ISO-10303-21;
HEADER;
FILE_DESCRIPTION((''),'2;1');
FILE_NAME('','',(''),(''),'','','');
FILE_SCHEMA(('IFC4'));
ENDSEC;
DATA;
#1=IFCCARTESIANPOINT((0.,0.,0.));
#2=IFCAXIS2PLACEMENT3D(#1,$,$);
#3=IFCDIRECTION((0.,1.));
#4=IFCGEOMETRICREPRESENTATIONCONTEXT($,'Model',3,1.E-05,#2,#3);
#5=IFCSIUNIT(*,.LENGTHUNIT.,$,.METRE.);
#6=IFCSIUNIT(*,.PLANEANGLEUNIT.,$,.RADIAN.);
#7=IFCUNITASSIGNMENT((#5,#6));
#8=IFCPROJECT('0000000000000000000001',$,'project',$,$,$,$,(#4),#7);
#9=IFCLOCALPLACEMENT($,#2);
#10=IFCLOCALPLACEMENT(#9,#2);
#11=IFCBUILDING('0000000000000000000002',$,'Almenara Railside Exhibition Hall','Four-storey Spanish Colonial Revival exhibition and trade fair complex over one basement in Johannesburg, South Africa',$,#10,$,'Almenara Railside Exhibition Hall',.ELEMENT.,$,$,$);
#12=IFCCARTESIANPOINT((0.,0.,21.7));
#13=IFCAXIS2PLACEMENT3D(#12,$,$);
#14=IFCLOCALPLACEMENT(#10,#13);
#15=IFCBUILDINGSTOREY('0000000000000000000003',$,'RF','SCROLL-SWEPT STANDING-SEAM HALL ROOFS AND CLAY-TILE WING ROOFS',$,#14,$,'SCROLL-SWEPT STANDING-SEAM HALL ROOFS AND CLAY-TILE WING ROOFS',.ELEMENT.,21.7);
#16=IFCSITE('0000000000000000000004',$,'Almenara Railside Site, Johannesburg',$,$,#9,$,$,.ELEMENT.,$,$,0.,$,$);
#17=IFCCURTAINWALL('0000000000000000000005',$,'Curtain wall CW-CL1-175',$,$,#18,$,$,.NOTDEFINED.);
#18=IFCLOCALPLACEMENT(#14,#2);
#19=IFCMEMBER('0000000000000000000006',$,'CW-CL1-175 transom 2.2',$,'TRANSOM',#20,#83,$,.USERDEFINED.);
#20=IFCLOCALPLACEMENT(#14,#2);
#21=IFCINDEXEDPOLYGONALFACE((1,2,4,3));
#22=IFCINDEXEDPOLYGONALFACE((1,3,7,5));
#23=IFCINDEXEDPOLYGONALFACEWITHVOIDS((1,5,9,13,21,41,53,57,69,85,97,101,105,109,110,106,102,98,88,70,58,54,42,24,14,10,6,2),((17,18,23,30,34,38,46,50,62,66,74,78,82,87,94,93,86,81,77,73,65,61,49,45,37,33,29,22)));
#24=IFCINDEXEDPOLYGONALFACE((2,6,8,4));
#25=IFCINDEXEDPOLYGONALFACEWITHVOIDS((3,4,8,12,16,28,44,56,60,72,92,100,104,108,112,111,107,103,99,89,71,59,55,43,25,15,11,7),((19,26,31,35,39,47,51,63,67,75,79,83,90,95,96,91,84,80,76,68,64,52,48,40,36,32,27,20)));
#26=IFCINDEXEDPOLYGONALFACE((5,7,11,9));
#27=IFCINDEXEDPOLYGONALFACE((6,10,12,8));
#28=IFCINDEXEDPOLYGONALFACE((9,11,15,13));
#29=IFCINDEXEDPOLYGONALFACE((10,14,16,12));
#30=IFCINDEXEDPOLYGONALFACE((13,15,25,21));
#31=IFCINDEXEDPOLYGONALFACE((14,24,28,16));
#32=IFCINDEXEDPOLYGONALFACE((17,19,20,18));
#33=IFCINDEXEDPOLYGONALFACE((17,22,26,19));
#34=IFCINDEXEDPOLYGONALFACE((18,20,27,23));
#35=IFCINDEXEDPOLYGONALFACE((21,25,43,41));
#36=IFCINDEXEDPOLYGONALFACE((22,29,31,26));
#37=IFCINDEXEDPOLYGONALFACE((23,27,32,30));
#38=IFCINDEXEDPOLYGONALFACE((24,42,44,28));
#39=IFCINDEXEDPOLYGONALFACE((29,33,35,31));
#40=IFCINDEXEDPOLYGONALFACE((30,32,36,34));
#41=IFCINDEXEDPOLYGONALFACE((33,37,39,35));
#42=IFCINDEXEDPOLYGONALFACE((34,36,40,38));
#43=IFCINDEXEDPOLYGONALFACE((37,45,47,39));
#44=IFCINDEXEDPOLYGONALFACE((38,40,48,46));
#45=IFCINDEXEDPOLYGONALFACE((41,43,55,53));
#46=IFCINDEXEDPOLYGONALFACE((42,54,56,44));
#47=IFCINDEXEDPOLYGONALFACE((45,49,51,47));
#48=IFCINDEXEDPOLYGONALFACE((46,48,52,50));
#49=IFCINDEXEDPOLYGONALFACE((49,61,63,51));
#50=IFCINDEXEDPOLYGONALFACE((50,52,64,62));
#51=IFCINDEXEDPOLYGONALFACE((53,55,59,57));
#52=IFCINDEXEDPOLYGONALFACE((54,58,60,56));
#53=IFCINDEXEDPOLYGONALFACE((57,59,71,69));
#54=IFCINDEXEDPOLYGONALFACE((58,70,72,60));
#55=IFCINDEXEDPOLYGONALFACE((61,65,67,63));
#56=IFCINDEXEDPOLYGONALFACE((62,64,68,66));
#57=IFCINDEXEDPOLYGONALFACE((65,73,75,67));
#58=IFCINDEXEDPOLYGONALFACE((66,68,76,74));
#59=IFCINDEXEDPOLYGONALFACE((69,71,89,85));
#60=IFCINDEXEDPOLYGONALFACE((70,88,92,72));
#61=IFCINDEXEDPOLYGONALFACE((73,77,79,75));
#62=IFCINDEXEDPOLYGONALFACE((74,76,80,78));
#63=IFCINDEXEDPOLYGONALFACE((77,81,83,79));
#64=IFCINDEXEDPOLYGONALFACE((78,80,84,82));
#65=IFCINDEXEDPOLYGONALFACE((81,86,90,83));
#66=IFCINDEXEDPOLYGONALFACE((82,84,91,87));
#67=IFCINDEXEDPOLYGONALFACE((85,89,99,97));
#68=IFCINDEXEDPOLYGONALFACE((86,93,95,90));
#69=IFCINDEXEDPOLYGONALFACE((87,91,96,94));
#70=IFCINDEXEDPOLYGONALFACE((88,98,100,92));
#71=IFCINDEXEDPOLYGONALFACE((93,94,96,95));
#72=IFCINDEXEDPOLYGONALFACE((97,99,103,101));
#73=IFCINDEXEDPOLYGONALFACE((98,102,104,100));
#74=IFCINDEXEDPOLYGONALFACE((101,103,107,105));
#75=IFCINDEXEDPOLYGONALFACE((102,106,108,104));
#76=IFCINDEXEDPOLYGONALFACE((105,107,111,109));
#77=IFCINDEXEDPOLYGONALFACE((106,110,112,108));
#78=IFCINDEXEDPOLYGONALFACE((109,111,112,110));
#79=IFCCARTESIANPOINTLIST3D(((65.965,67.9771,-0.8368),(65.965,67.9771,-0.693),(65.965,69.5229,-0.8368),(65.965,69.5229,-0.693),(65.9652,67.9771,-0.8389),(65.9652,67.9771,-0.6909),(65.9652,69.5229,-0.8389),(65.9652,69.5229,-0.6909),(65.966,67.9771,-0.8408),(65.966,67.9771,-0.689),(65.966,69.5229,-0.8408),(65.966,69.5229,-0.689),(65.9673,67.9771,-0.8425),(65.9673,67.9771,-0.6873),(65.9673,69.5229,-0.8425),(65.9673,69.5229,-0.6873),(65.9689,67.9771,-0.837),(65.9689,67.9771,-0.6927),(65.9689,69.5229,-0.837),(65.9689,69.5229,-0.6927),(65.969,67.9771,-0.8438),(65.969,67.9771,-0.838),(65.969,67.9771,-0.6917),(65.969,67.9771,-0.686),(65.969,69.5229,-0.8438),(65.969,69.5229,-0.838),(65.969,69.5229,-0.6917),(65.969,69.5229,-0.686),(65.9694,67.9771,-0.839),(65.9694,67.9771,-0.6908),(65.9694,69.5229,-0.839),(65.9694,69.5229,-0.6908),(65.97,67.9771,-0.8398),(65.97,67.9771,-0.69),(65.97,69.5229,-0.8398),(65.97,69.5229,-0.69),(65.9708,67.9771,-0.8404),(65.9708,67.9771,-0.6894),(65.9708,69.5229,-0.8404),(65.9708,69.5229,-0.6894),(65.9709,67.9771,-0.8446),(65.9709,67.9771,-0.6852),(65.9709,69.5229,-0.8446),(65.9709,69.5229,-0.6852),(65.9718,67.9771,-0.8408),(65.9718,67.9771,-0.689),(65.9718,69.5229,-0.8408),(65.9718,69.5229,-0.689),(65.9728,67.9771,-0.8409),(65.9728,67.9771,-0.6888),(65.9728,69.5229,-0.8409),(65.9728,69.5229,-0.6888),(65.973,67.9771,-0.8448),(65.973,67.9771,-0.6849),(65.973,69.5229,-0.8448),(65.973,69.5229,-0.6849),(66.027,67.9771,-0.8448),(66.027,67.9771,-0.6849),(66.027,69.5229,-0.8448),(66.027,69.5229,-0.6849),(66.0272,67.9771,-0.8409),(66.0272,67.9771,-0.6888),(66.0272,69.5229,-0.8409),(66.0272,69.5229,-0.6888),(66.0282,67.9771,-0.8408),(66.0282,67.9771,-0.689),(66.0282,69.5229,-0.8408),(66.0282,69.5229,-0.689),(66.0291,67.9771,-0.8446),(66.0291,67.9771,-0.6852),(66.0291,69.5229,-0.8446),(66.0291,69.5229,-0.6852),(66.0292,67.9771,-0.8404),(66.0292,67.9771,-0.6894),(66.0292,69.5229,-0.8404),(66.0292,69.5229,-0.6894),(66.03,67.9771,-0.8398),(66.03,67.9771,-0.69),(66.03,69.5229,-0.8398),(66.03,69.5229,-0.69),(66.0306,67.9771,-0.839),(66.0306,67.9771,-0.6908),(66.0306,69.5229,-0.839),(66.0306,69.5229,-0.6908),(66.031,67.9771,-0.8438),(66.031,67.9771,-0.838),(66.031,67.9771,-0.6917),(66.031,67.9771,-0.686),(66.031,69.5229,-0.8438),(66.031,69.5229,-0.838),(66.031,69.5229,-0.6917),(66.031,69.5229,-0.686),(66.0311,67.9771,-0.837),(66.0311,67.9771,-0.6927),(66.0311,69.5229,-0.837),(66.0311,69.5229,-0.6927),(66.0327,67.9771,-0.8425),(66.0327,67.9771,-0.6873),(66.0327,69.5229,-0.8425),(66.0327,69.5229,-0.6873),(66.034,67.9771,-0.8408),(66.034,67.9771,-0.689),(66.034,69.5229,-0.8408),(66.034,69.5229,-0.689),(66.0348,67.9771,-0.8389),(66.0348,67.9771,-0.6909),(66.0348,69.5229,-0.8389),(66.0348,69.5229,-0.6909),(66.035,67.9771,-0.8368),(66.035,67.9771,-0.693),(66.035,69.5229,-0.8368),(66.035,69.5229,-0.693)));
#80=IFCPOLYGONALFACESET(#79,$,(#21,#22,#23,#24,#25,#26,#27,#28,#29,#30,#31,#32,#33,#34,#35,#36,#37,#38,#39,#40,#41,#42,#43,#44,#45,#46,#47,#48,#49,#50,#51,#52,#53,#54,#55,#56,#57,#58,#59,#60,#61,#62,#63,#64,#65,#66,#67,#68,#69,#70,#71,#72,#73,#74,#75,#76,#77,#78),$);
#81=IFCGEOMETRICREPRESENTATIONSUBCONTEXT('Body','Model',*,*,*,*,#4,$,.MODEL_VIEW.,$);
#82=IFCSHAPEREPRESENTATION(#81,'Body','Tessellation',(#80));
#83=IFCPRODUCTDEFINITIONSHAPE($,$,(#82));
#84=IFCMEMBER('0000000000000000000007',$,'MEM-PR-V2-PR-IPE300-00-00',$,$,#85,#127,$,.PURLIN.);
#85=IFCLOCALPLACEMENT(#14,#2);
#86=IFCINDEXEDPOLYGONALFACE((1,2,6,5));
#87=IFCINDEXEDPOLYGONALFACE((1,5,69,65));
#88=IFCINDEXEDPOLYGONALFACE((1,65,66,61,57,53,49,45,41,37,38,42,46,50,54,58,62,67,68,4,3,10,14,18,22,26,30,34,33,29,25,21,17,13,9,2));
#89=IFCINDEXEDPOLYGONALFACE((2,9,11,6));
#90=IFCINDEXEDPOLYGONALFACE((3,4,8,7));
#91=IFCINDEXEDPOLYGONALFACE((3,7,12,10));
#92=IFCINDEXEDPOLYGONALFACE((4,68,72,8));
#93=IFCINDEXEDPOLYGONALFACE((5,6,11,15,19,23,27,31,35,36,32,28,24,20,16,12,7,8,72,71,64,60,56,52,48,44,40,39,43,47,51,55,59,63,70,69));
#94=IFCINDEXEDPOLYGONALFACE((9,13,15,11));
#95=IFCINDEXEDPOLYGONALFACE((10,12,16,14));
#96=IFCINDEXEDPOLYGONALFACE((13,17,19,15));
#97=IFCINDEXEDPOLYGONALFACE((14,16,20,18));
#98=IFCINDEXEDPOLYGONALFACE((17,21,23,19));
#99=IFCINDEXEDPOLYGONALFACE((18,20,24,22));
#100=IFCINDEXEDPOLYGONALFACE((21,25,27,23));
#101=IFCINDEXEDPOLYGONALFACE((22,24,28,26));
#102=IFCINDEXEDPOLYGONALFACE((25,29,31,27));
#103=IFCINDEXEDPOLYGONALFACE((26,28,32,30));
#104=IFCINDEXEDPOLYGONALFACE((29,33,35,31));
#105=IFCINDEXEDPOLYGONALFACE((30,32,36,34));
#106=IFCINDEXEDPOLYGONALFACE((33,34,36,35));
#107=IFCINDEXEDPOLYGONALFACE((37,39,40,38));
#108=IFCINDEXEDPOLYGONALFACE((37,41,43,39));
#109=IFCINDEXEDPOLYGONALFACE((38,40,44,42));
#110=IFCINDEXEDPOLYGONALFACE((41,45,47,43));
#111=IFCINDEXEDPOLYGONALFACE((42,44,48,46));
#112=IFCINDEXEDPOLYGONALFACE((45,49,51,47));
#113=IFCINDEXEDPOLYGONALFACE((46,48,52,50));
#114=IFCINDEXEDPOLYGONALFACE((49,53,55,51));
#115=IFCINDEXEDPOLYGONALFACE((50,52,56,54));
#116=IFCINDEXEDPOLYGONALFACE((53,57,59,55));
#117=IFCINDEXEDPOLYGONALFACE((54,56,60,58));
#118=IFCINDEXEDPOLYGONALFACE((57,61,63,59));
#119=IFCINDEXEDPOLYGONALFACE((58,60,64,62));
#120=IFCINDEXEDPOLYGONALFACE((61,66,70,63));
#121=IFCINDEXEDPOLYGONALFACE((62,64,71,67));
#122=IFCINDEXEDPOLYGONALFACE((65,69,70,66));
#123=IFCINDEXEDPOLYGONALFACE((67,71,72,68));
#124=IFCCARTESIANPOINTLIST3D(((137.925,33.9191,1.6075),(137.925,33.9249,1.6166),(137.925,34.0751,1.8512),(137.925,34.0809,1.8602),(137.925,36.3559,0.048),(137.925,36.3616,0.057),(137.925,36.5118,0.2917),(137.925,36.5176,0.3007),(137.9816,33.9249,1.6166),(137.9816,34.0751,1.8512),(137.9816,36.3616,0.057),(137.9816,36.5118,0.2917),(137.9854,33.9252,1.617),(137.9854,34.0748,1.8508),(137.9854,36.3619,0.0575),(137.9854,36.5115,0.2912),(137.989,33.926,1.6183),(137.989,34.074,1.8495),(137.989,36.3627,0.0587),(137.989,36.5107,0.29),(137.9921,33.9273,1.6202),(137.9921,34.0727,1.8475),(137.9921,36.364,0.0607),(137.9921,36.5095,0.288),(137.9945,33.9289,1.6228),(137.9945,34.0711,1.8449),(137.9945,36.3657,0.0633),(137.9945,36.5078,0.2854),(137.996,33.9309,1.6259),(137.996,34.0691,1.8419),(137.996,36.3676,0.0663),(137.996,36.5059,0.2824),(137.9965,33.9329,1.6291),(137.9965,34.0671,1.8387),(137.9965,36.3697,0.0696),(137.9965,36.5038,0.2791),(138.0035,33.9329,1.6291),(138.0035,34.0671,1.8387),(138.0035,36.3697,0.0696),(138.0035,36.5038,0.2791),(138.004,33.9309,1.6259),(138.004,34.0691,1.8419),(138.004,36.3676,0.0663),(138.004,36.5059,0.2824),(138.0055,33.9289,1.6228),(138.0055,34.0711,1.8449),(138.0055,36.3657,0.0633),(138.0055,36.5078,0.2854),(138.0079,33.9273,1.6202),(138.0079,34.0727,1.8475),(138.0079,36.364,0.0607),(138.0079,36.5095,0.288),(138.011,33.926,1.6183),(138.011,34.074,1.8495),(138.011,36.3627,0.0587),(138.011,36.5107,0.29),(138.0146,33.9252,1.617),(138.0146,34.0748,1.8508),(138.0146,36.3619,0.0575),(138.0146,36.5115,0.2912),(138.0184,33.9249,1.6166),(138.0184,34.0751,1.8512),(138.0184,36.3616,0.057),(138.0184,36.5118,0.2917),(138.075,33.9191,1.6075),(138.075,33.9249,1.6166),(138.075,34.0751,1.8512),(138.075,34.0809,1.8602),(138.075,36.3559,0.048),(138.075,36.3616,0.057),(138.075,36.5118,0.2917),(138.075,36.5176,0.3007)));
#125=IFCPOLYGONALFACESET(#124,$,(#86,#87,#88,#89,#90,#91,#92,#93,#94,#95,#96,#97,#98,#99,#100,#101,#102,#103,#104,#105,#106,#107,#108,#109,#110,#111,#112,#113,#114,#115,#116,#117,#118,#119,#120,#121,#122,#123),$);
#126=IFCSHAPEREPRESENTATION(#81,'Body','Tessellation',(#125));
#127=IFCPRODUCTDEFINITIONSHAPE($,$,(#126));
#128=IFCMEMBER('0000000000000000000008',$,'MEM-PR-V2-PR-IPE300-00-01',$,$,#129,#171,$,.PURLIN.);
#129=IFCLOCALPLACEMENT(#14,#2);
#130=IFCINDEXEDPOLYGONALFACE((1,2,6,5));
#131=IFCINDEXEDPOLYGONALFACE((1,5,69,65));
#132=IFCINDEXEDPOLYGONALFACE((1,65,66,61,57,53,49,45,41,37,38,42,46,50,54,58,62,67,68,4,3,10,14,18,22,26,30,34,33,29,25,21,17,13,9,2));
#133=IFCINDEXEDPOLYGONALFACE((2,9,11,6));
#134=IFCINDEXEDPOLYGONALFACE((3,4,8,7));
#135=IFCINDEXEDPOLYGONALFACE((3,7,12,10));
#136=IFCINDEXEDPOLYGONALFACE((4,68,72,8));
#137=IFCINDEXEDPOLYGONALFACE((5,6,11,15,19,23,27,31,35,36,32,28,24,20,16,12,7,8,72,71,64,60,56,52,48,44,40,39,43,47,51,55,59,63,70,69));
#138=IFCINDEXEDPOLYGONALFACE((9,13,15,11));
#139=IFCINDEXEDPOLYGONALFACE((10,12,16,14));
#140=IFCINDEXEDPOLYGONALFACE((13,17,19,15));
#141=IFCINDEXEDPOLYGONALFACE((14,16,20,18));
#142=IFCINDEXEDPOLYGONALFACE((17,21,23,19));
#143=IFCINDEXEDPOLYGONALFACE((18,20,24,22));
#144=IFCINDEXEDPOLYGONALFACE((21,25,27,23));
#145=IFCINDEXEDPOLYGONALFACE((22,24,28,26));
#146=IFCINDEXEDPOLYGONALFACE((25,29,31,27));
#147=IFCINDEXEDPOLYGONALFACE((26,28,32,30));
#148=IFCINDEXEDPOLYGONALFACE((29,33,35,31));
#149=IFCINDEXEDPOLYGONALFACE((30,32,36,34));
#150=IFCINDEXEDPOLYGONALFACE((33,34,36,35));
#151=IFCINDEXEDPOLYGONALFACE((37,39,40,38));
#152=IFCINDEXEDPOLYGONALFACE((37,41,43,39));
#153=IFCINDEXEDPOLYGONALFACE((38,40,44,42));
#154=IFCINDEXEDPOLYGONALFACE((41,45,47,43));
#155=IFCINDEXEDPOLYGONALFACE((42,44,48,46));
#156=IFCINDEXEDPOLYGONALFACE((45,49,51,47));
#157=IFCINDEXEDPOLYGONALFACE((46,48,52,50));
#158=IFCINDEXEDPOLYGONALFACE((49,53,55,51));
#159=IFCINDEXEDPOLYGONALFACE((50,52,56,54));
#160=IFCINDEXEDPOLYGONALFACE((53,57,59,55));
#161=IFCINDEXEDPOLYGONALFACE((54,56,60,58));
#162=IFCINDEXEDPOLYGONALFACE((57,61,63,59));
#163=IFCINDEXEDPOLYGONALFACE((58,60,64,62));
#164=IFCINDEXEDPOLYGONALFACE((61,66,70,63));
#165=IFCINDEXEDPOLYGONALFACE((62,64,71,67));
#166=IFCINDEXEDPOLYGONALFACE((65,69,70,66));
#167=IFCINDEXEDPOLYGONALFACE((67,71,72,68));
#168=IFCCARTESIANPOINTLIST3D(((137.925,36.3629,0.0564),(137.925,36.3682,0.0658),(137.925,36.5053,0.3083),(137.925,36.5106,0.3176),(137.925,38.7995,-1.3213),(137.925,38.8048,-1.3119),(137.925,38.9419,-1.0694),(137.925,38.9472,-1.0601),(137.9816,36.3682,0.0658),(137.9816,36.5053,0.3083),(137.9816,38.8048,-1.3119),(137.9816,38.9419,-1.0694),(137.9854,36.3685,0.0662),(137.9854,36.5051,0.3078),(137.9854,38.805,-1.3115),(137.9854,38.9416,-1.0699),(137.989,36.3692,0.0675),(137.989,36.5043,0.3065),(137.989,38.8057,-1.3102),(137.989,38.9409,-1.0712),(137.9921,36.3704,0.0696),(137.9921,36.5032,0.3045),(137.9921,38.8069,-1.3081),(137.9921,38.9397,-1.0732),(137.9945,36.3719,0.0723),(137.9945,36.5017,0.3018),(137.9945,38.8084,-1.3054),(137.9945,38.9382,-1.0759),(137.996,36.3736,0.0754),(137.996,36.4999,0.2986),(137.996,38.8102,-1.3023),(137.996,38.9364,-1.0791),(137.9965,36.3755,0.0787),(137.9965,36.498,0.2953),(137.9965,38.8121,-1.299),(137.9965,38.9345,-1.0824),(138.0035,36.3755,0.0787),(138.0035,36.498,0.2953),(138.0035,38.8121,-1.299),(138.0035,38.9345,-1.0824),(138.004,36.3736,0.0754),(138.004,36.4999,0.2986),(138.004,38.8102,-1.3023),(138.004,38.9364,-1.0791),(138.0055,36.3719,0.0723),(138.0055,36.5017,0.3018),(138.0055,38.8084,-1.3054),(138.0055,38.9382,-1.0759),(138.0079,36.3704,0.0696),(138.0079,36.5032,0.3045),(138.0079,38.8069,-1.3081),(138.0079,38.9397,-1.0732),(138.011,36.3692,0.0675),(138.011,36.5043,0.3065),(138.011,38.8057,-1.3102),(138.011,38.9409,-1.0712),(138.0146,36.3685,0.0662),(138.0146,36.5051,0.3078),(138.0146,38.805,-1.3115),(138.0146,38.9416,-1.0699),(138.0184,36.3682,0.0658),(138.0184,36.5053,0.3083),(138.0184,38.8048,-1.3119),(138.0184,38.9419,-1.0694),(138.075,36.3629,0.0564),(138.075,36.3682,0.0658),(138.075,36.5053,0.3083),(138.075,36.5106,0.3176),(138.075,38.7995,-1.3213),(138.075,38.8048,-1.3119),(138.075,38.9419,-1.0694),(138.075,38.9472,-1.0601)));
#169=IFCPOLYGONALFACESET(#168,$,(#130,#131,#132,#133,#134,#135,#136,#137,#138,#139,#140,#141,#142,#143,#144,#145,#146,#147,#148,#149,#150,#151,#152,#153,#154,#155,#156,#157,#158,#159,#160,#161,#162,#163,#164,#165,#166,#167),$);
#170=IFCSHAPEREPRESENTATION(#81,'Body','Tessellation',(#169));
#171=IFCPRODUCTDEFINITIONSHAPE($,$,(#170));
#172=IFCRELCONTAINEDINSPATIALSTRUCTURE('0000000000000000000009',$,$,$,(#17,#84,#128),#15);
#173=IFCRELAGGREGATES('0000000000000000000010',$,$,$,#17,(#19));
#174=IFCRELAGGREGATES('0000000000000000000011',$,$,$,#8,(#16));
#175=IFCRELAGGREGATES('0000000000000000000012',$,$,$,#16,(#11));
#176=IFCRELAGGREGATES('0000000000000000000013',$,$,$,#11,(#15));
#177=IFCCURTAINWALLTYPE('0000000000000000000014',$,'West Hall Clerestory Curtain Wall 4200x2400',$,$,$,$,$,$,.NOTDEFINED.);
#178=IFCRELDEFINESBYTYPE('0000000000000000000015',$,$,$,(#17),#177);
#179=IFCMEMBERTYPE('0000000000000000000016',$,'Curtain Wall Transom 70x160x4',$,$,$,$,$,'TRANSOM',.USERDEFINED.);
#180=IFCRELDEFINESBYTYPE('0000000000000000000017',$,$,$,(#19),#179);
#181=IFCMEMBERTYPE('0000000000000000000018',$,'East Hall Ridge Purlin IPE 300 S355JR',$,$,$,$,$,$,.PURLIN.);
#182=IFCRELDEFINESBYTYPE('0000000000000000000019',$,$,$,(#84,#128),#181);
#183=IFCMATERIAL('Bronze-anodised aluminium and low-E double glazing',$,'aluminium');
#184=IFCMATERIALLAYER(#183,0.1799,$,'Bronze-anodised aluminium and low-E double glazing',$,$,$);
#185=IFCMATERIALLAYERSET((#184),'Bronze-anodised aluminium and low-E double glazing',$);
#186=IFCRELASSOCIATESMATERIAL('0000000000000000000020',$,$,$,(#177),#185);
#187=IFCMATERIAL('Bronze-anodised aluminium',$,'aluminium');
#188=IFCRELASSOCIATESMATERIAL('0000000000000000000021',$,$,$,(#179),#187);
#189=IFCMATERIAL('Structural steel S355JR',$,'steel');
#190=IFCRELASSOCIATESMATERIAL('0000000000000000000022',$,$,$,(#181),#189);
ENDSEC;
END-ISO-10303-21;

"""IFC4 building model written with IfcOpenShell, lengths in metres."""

from ifc_helpers import new_model, si_unit, direction, frame, origin, origin_2d, place, context, subcontext, project, spatial, hollow_rectangle, i_section, extrude, material, layer, layer_set, material_profile, profile_set, type_object, element, aggregate, save


model = new_model("IFC4")

# Units and contexts
model_context = context("Model", 3, precision=1e-05, world=origin(), true_north=direction((0.0, 1.0)))
body_context = subcontext(model_context, "Body", "Model", "MODEL_VIEW")
ifc_project = project(units=[si_unit("LENGTHUNIT", "METRE"), si_unit("PLANEANGLEUNIT", "RADIAN")], contexts=[model_context])

# Site, building, storey
site_placement = place(None, origin())
site = spatial("IfcSite", under=ifc_project, at=site_placement, Name="Almenara Railside Site, Johannesburg", CompositionType="ELEMENT", RefElevation=0.0)
building_placement = place(site_placement, origin())
building = spatial("IfcBuilding", under=site, at=building_placement, Name="Almenara Railside Exhibition Hall", Description="Four-storey Spanish Colonial Revival exhibition and trade fair complex over one basement in Johannesburg, South Africa", LongName="Almenara Railside Exhibition Hall", CompositionType="ELEMENT")
storey_placement = place(building_placement, frame((0.0, 0.0, 21.7)))
storey = spatial("IfcBuildingStorey", under=building, at=storey_placement, Name="RF", Description="SCROLL-SWEPT STANDING-SEAM HALL ROOFS AND CLAY-TILE WING ROOFS", LongName="SCROLL-SWEPT STANDING-SEAM HALL ROOFS AND CLAY-TILE WING ROOFS", CompositionType="ELEMENT", Elevation=21.7)

# Shared definitions
ifc_material_1 = material(Name="Structural steel S355JR", Category="steel")

# Curtain wall, member
ifc_material_2 = material(Name="Bronze-anodised aluminium and low-E double glazing", Category="aluminium")
ifc_layer_1 = layer(ifc_material_2, 0.1799, Name="Bronze-anodised aluminium and low-E double glazing")
ifc_layer_set_1 = layer_set([ifc_layer_1], Name="Bronze-anodised aluminium and low-E double glazing")
curtain_wall_type = type_object("IfcCurtainWallType", Name="West Hall Clerestory Curtain Wall 4200x2400", PredefinedType="NOTDEFINED", material=ifc_layer_set_1)
curtain_wall_placement = place(storey_placement, origin())
curtain_wall = element("IfcCurtainWall", 1, at=curtain_wall_placement, inside=storey, type_object=curtain_wall_type, Name="Curtain wall CW-CL1-175", PredefinedType="NOTDEFINED")
ifc_material_3 = material(Name="Bronze-anodised aluminium", Category="aluminium")
ifc_material_profile_1 = material_profile(ifc_material_3, hollow_rectangle(XDim=0.0701, YDim=0.1599, WallThickness=0.0039, InnerFilletRadius=0.0039, OuterFilletRadius=0.0081, at=origin_2d()), Name="ALU-TRN 70x160x4")
ifc_profile_set_1 = profile_set([ifc_material_profile_1], Name="Bronze-anodised aluminium")
member_type_1 = type_object("IfcMemberType", Name="Curtain Wall Transom 70x160x4", ElementType="TRANSOM", PredefinedType="USERDEFINED", material=ifc_profile_set_1)
member_1_placement = place(storey_placement, frame((66.0, 67.9771, -0.7649), z_axis=(0.0, 1.0, 0.0), x_axis=(-1.0, 0.0, 0.0)))
member_1 = element("IfcMember", 2, at=member_1_placement, type_object=member_type_1, Name="CW-CL1-175 transom 2.2", ObjectType="TRANSOM", PredefinedType="USERDEFINED", context=body_context, shape_type="SweptSolid", body=[
    extrude(hollow_rectangle(XDim=0.0701, YDim=0.1599, WallThickness=0.0039, InnerFilletRadius=0.0039, OuterFilletRadius=0.0081, at=origin_2d()), origin(), (0.0, 0.0, 1.0), 1.5459),
])

# Members
ifc_material_profile_2 = material_profile(ifc_material_1, i_section(OverallWidth=0.1499, OverallDepth=0.3, WebThickness=0.0071, FlangeThickness=0.0107, FilletRadius=0.0149, at=origin_2d()), Name="IPE 300")
ifc_profile_set_2 = profile_set([ifc_material_profile_2], Name="Structural steel S355JR")
member_type_2 = type_object("IfcMemberType", Name="East Hall Ridge Purlin IPE 300 S355JR", PredefinedType="PURLIN", material=ifc_profile_set_2)
member_2_placement = place(storey_placement, frame((138.0, 34.0, 1.7339), z_axis=(0.0, 0.842265, -0.539063), x_axis=(-1.0, 0.0, 0.0)))
element("IfcMember", 3, at=member_2_placement, inside=storey, type_object=member_type_2, Name="MEM-PR-V2-PR-IPE300-00-00", PredefinedType="PURLIN", context=body_context, shape_type="SweptSolid", body=[
    extrude(i_section(OverallWidth=0.1499, OverallDepth=0.3, WebThickness=0.0071, FlangeThickness=0.0107, FilletRadius=0.0149, at=origin_2d()), origin(), (0.0, 0.0, 1.0), 2.8931),
])
member_3_placement = place(storey_placement, frame((138.0, 36.4368, 0.187), z_axis=(0.0, 0.870483, -0.492198), x_axis=(-1.0, 0.0, 0.0)))
element("IfcMember", 4, at=member_3_placement, inside=storey, type_object=member_type_2, Name="MEM-PR-V2-PR-IPE300-00-01", PredefinedType="PURLIN", context=body_context, shape_type="SweptSolid", body=[
    extrude(i_section(OverallWidth=0.1499, OverallDepth=0.3, WebThickness=0.0071, FlangeThickness=0.0107, FilletRadius=0.0149, at=origin_2d()), origin(), (0.0, 0.0, 1.0), 2.7991),
])

aggregate(curtain_wall, [member_1])

save(model, "model.ifc")
